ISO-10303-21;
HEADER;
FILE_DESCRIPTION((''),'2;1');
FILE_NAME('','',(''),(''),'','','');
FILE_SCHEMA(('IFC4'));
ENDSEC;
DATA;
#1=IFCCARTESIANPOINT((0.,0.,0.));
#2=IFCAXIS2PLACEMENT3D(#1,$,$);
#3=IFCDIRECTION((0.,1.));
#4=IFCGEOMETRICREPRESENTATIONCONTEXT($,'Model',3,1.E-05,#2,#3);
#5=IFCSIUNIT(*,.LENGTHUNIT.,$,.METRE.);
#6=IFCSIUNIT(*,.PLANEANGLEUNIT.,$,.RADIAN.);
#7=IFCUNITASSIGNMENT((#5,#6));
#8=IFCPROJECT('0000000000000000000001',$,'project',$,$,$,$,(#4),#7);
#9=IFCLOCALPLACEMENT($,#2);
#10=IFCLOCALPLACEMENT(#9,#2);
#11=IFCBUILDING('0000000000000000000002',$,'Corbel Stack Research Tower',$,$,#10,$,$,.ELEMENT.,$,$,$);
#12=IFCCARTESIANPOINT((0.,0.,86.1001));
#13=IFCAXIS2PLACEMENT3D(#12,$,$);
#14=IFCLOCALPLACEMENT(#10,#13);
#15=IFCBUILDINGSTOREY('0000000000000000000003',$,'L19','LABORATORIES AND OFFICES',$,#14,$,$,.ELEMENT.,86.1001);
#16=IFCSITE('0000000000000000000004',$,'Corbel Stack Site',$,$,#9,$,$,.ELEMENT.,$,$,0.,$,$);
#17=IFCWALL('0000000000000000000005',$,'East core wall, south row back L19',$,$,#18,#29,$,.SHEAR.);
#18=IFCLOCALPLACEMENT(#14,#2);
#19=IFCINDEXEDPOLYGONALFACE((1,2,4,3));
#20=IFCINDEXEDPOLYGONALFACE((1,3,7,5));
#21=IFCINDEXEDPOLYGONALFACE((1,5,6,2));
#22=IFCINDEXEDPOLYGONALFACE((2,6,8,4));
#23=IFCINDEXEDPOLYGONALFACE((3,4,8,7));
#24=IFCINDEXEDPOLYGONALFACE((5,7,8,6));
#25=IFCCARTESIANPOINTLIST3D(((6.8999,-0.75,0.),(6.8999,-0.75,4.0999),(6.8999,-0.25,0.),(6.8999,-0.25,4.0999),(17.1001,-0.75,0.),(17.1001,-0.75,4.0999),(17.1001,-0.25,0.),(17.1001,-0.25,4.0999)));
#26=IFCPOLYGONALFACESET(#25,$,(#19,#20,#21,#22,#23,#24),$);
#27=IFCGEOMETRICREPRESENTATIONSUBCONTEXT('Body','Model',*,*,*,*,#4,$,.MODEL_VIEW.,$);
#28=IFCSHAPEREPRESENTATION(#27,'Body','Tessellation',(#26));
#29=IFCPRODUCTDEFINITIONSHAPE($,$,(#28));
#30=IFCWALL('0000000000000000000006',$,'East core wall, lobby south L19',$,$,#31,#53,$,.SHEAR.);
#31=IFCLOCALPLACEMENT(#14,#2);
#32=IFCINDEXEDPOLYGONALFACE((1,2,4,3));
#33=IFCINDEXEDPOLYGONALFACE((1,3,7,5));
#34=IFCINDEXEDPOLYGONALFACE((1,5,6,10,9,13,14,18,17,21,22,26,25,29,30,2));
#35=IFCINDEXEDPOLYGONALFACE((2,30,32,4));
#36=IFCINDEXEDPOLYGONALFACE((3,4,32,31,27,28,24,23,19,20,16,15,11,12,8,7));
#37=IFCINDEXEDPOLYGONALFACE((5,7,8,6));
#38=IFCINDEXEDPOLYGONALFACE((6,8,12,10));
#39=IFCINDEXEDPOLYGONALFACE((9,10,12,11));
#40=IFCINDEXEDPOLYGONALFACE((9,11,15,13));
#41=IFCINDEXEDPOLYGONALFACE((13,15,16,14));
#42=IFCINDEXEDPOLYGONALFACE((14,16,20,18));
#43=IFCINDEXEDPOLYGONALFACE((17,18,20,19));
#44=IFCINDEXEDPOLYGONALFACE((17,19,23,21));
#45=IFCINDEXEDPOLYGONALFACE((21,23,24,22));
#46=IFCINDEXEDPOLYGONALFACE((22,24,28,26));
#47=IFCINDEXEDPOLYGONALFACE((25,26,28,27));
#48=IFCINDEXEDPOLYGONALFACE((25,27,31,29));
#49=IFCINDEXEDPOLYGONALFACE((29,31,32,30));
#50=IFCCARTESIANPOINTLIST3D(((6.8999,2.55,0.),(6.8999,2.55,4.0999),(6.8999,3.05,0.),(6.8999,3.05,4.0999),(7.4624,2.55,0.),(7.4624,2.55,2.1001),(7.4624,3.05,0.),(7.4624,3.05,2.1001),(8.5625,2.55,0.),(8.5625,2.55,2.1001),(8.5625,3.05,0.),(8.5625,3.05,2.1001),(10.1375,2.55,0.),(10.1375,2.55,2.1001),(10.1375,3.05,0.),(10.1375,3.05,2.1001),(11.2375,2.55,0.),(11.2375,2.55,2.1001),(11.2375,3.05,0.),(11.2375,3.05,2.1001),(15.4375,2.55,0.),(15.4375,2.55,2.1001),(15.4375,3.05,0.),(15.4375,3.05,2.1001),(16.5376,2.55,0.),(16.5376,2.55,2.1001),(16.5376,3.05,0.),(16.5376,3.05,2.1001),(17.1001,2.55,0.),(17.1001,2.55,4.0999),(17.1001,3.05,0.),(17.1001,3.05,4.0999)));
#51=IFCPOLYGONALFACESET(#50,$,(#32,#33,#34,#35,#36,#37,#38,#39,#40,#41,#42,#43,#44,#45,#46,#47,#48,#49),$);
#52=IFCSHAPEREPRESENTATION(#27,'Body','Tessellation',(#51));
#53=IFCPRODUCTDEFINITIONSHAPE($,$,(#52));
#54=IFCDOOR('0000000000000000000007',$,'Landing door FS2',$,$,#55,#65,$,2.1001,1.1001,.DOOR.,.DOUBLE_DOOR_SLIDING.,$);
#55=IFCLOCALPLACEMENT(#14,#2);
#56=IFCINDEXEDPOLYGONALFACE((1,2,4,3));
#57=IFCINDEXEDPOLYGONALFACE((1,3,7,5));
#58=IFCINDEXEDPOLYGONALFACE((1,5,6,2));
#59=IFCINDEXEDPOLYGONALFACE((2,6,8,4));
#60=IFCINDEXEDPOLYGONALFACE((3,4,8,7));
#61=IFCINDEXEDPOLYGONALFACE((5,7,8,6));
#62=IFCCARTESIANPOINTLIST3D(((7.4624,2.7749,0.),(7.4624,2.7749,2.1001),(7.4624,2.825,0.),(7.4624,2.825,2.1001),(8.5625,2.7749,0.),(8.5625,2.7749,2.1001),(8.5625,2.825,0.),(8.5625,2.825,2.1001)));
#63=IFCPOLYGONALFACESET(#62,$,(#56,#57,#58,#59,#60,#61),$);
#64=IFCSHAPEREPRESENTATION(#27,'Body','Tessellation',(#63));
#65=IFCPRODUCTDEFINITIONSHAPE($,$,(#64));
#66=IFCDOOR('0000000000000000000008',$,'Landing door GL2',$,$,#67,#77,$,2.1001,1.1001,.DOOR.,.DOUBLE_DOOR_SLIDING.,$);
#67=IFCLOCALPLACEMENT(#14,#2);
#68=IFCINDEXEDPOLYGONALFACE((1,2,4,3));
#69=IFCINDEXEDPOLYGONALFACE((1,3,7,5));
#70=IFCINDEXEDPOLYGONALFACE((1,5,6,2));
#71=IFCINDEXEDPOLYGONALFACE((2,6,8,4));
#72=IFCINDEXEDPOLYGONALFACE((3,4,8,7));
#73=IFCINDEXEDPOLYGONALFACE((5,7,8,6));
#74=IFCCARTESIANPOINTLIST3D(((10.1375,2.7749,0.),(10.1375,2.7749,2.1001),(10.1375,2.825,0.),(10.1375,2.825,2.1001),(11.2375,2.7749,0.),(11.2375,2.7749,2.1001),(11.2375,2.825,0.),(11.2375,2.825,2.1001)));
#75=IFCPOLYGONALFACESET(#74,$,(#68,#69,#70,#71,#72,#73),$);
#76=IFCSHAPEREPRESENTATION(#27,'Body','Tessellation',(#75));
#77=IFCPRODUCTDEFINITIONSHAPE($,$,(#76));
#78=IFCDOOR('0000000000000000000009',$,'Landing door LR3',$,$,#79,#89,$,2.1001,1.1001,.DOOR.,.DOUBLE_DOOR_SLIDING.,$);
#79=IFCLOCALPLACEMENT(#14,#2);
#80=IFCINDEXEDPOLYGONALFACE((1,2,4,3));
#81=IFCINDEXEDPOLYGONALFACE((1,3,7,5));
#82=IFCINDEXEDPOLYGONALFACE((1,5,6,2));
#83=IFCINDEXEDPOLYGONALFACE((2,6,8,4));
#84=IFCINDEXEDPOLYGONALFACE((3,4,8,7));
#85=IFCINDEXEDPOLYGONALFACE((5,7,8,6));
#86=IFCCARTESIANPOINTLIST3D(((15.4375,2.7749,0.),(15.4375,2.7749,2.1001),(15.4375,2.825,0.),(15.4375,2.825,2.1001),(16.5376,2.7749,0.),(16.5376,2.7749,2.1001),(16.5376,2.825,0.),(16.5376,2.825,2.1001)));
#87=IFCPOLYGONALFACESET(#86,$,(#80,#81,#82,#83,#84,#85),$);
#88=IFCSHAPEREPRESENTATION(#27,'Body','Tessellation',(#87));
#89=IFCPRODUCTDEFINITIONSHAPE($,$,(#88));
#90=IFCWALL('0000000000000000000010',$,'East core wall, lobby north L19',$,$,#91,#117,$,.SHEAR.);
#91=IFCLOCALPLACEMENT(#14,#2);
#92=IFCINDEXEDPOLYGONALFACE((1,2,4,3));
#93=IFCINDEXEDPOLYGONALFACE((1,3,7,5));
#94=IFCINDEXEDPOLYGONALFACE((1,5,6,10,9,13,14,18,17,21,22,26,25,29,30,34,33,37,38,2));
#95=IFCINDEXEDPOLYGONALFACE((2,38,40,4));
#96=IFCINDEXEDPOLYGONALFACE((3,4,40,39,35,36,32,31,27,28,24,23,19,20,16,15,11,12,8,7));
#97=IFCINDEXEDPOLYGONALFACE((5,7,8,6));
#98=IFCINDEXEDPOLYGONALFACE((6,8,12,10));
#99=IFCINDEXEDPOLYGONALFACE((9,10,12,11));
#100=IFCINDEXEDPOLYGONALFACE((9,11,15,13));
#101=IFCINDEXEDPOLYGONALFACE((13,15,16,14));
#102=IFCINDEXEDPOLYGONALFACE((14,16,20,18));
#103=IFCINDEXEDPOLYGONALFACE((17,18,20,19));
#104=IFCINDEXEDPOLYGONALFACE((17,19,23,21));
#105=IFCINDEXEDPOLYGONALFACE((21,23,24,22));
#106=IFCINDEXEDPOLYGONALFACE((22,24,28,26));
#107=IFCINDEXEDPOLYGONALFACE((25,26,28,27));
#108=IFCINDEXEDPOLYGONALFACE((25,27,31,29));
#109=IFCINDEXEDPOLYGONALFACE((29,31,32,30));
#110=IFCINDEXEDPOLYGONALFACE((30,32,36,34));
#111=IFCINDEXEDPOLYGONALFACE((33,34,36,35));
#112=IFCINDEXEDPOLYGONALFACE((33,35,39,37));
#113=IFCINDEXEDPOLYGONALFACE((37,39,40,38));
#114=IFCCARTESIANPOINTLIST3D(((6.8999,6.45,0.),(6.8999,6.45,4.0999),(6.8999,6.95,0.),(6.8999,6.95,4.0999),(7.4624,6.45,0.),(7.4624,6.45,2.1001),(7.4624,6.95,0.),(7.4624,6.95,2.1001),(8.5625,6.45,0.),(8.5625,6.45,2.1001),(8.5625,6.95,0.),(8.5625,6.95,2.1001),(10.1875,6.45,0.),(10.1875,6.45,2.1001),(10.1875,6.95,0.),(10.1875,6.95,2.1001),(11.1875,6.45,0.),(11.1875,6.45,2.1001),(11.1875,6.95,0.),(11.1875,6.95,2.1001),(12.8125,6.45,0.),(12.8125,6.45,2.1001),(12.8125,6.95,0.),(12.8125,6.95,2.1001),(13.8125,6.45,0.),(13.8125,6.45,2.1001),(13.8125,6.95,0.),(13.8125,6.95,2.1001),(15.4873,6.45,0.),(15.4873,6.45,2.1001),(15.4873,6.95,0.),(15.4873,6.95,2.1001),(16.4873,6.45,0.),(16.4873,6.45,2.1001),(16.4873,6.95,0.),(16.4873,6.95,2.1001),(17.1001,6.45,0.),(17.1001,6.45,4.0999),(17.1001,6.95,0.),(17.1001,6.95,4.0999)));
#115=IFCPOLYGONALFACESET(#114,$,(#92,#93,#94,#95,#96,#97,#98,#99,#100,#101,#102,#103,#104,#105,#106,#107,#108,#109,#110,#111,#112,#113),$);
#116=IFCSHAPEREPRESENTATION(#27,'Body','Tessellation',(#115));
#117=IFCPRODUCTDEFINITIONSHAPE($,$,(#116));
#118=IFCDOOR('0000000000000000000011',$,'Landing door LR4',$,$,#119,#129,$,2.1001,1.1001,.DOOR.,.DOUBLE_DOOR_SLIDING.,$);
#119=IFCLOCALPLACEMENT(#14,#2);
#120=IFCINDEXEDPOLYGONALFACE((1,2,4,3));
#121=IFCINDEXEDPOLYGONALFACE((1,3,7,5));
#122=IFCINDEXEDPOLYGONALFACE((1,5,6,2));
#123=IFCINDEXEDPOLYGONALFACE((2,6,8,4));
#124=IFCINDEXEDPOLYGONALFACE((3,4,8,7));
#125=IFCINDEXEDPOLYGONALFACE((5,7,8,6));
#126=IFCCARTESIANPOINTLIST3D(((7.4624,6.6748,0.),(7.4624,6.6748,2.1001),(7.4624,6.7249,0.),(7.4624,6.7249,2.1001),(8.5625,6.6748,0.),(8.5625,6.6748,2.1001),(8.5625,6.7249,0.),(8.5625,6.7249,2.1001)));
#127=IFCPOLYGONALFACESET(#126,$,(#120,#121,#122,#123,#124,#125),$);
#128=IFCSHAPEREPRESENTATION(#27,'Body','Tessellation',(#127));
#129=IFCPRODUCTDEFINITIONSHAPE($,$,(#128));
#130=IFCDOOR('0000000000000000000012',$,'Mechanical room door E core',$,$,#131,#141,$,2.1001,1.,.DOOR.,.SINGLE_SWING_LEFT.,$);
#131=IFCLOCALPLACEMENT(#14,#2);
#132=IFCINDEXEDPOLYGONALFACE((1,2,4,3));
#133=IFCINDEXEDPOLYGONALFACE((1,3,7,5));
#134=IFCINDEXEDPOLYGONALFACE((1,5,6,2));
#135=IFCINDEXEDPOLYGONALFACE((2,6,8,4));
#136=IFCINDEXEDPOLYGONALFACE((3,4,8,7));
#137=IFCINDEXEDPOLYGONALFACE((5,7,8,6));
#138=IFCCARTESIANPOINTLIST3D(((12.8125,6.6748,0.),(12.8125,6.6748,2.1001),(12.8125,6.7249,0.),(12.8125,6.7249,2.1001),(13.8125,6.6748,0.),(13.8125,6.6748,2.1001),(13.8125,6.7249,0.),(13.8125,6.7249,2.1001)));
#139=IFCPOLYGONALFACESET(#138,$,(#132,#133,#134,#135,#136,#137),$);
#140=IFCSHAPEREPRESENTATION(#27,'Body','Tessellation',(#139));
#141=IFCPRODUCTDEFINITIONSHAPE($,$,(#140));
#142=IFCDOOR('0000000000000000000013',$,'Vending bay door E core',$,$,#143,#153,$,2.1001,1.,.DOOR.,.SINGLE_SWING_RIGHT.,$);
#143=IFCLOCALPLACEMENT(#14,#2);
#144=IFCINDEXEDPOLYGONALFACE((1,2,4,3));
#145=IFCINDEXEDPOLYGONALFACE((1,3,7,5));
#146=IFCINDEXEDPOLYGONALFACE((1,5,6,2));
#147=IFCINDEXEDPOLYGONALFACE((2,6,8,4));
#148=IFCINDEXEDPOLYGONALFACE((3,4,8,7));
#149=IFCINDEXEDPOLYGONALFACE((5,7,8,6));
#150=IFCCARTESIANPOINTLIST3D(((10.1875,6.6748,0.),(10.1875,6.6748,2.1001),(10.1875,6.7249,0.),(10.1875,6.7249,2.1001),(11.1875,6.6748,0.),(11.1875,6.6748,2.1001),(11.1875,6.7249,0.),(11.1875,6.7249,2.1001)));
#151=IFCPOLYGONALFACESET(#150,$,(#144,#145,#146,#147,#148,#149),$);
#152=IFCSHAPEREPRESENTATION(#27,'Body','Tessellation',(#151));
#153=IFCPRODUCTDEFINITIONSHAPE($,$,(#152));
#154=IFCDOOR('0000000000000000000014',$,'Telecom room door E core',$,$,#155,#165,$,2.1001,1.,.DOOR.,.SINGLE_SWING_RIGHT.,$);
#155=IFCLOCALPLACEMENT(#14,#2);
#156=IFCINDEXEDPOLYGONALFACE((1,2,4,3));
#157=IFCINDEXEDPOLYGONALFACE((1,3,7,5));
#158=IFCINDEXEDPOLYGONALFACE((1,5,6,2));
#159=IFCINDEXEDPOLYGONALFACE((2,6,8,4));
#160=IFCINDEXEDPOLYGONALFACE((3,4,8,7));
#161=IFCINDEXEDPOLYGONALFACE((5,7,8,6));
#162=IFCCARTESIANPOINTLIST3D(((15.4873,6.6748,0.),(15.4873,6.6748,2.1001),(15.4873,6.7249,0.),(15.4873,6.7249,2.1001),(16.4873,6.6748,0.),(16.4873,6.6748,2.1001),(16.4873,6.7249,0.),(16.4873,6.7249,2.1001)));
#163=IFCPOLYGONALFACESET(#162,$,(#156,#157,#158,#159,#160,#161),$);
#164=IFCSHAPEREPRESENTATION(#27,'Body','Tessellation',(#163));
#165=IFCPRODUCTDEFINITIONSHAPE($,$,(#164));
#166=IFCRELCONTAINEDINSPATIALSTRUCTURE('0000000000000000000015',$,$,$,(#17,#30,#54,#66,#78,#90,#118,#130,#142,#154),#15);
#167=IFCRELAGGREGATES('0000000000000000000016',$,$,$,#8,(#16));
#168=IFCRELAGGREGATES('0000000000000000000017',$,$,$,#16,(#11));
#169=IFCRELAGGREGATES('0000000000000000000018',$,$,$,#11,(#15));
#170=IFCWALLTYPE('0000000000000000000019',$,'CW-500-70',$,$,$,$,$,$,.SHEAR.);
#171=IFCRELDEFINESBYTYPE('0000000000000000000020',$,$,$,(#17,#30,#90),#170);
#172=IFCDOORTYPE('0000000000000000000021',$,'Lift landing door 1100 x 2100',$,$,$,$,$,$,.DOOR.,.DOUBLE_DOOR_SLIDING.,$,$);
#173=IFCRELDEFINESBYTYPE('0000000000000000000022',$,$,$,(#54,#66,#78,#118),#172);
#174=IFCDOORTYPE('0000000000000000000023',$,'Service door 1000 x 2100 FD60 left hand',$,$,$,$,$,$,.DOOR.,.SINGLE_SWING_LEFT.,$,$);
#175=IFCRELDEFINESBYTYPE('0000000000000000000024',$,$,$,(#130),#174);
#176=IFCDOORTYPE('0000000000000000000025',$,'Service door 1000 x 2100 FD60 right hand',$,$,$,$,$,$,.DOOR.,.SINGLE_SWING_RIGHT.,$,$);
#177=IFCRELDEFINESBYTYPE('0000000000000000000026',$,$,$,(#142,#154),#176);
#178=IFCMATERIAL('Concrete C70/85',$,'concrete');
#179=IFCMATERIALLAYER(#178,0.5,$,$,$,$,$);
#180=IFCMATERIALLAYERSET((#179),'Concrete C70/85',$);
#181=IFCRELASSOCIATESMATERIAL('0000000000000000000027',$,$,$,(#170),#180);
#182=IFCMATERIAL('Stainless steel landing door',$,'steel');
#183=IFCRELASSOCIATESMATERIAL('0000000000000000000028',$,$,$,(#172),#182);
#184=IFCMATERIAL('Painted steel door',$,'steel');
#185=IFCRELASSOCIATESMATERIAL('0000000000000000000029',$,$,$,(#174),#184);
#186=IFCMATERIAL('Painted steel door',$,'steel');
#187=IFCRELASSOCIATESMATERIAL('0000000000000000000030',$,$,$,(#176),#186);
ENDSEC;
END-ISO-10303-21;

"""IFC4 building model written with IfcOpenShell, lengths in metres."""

from ifc_helpers import new_model, si_unit, direction, frame, frame_2d, origin, place, context, subcontext, project, spatial, rectangle, extrude, material, layer, layer_set, type_object, element, fill, save


model = new_model("IFC4")

# Units and contexts
model_context = context("Model", 3, precision=1e-05, world=origin(), true_north=direction((0.0, 1.0)))
body_context = subcontext(model_context, "Body", "Model", "MODEL_VIEW")
ifc_project = project(units=[si_unit("LENGTHUNIT", "METRE"), si_unit("PLANEANGLEUNIT", "RADIAN")], contexts=[model_context])

# Site, building, storey
site_placement = place(None, origin())
site = spatial("IfcSite", under=ifc_project, at=site_placement, Name="Corbel Stack Site", CompositionType="ELEMENT", RefElevation=0.0)
building_placement = place(site_placement, origin())
building = spatial("IfcBuilding", under=site, at=building_placement, Name="Corbel Stack Research Tower", CompositionType="ELEMENT")
storey_placement = place(building_placement, frame((0.0, 0.0, 86.1001)))
storey = spatial("IfcBuildingStorey", under=building, at=storey_placement, Name="L19", Description="LABORATORIES AND OFFICES", CompositionType="ELEMENT", Elevation=86.1001)

# Wall
ifc_material_1 = material(Name="Concrete C70/85", Category="concrete")
ifc_layer_1 = layer(ifc_material_1, 0.5)
ifc_layer_set_1 = layer_set([ifc_layer_1], Name="Concrete C70/85")
wall_type_1 = type_object("IfcWallType", Name="CW-500-70", PredefinedType="SHEAR", material=ifc_layer_set_1)
wall_1_placement = place(storey_placement, frame((6.8999, -0.5, 0.0), z_axis=(0.0, 0.0, 1.0), x_axis=(1.0, 0.0, 0.0)))
element("IfcWall", 1, at=wall_1_placement, inside=storey, type_object=wall_type_1, Name="East core wall, south row back L19", PredefinedType="SHEAR", context=body_context, shape_type="SweptSolid", body=[
    extrude(rectangle(XDim=10.2002, YDim=0.5, at=frame_2d((5.1001, 0.0))), origin(), (0.0, 0.0, 1.0), 4.0999),
])

# Walls, openings, doors
wall_2_placement = place(storey_placement, frame((6.8999, 2.8, 0.0), z_axis=(0.0, 0.0, 1.0), x_axis=(1.0, 0.0, 0.0)))
wall_2 = element("IfcWall", 2, at=wall_2_placement, inside=storey, type_object=wall_type_1, Name="East core wall, lobby south L19", PredefinedType="SHEAR", context=body_context, shape_type="SweptSolid", body=[
    extrude(rectangle(XDim=10.2002, YDim=0.5, at=frame_2d((5.1001, 0.0))), origin(), (0.0, 0.0, 1.0), 4.0999),
])
opening_1_placement = place(wall_2_placement, frame((0.5625, 0.0, 0.0)))
opening_1 = element("IfcOpeningElement", 3, at=opening_1_placement, cuts=wall_2, PredefinedType="OPENING", context=body_context, shape_type="SweptSolid", body=[
    extrude(rectangle(XDim=1.1001, YDim=2.1001, at=frame_2d((0.55, 1.05))), frame((0.0, 0.26, 0.0), z_axis=(0.0, -1.0, 0.0), x_axis=(1.0, 0.0, 0.0)), (0.0, 0.0, 1.0), 0.52),
])
opening_2_placement = place(wall_2_placement, frame((3.2375, 0.0, 0.0)))
opening_2 = element("IfcOpeningElement", 4, at=opening_2_placement, cuts=wall_2, PredefinedType="OPENING", context=body_context, shape_type="SweptSolid", body=[
    extrude(rectangle(XDim=1.1001, YDim=2.1001, at=frame_2d((0.55, 1.05))), frame((0.0, 0.26, 0.0), z_axis=(0.0, -1.0, 0.0), x_axis=(1.0, 0.0, 0.0)), (0.0, 0.0, 1.0), 0.52),
])
opening_3_placement = place(wall_2_placement, frame((8.5376, 0.0, 0.0)))
opening_3 = element("IfcOpeningElement", 5, at=opening_3_placement, cuts=wall_2, PredefinedType="OPENING", context=body_context, shape_type="SweptSolid", body=[
    extrude(rectangle(XDim=1.1001, YDim=2.1001, at=frame_2d((0.55, 1.05))), frame((0.0, 0.26, 0.0), z_axis=(0.0, -1.0, 0.0), x_axis=(1.0, 0.0, 0.0)), (0.0, 0.0, 1.0), 0.52),
])
ifc_material_2 = material(Name="Stainless steel landing door", Category="steel")
door_type_1 = type_object("IfcDoorType", Name="Lift landing door 1100 x 2100", OperationType="DOUBLE_DOOR_SLIDING", PredefinedType="DOOR", material=ifc_material_2)
door_1_placement = place(opening_1_placement, origin())
door_1 = element("IfcDoor", 6, at=door_1_placement, inside=storey, type_object=door_type_1, Name="Landing door FS2", OperationType="DOUBLE_DOOR_SLIDING", OverallHeight=2.1001, OverallWidth=1.1001, PredefinedType="DOOR", context=body_context, shape_type="SweptSolid", body=[
    extrude(rectangle(XDim=1.1001, YDim=2.1001, at=frame_2d((0.55, 1.05))), frame((0.0, 0.0249, 0.0), z_axis=(0.0, -1.0, 0.0), x_axis=(1.0, 0.0, 0.0)), (0.0, 0.0, 1.0), 0.05),
])
fill(opening_1, door_1)
door_2_placement = place(opening_2_placement, origin())
door_2 = element("IfcDoor", 7, at=door_2_placement, inside=storey, type_object=door_type_1, Name="Landing door GL2", OperationType="DOUBLE_DOOR_SLIDING", OverallHeight=2.1001, OverallWidth=1.1001, PredefinedType="DOOR", context=body_context, shape_type="SweptSolid", body=[
    extrude(rectangle(XDim=1.1001, YDim=2.1001, at=frame_2d((0.55, 1.05))), frame((0.0, 0.0249, 0.0), z_axis=(0.0, -1.0, 0.0), x_axis=(1.0, 0.0, 0.0)), (0.0, 0.0, 1.0), 0.05),
])
fill(opening_2, door_2)
door_3_placement = place(opening_3_placement, origin())
door_3 = element("IfcDoor", 8, at=door_3_placement, inside=storey, type_object=door_type_1, Name="Landing door LR3", OperationType="DOUBLE_DOOR_SLIDING", OverallHeight=2.1001, OverallWidth=1.1001, PredefinedType="DOOR", context=body_context, shape_type="SweptSolid", body=[
    extrude(rectangle(XDim=1.1001, YDim=2.1001, at=frame_2d((0.55, 1.05))), frame((0.0, 0.0249, 0.0), z_axis=(0.0, -1.0, 0.0), x_axis=(1.0, 0.0, 0.0)), (0.0, 0.0, 1.0), 0.05),
])
fill(opening_3, door_3)
wall_3_placement = place(storey_placement, frame((6.8999, 6.7, 0.0), z_axis=(0.0, 0.0, 1.0), x_axis=(1.0, 0.0, 0.0)))
wall_3 = element("IfcWall", 9, at=wall_3_placement, inside=storey, type_object=wall_type_1, Name="East core wall, lobby north L19", PredefinedType="SHEAR", context=body_context, shape_type="SweptSolid", body=[
    extrude(rectangle(XDim=10.2002, YDim=0.5, at=frame_2d((5.1001, 0.0))), origin(), (0.0, 0.0, 1.0), 4.0999),
])
opening_4_placement = place(wall_3_placement, frame((0.5625, 0.0, 0.0)))
opening_4 = element("IfcOpeningElement", 10, at=opening_4_placement, cuts=wall_3, PredefinedType="OPENING", context=body_context, shape_type="SweptSolid", body=[
    extrude(rectangle(XDim=1.1001, YDim=2.1001, at=frame_2d((0.55, 1.05))), frame((0.0, 0.26, 0.0), z_axis=(0.0, -1.0, 0.0), x_axis=(1.0, 0.0, 0.0)), (0.0, 0.0, 1.0), 0.52),
])
opening_5_placement = place(wall_3_placement, frame((3.2876, 0.0, 0.0)))
opening_5 = element("IfcOpeningElement", 11, at=opening_5_placement, cuts=wall_3, PredefinedType="OPENING", context=body_context, shape_type="SweptSolid", body=[
    extrude(rectangle(XDim=1.0, YDim=2.1001, at=frame_2d((0.5, 1.05))), frame((0.0, 0.26, 0.0), z_axis=(0.0, -1.0, 0.0), x_axis=(1.0, 0.0, 0.0)), (0.0, 0.0, 1.0), 0.52),
])
opening_6_placement = place(wall_3_placement, frame((5.9126, 0.0, 0.0)))
opening_6 = element("IfcOpeningElement", 12, at=opening_6_placement, cuts=wall_3, PredefinedType="OPENING", context=body_context, shape_type="SweptSolid", body=[
    extrude(rectangle(XDim=1.0, YDim=2.1001, at=frame_2d((0.5, 1.05))), frame((0.0, 0.26, 0.0), z_axis=(0.0, -1.0, 0.0), x_axis=(1.0, 0.0, 0.0)), (0.0, 0.0, 1.0), 0.52),
])
opening_7_placement = place(wall_3_placement, frame((8.5874, 0.0, 0.0)))
opening_7 = element("IfcOpeningElement", 13, at=opening_7_placement, cuts=wall_3, PredefinedType="OPENING", context=body_context, shape_type="SweptSolid", body=[
    extrude(rectangle(XDim=1.0, YDim=2.1001, at=frame_2d((0.5, 1.05))), frame((0.0, 0.26, 0.0), z_axis=(0.0, -1.0, 0.0), x_axis=(1.0, 0.0, 0.0)), (0.0, 0.0, 1.0), 0.52),
])
door_4_placement = place(opening_4_placement, origin())
door_4 = element("IfcDoor", 14, at=door_4_placement, inside=storey, type_object=door_type_1, Name="Landing door LR4", OperationType="DOUBLE_DOOR_SLIDING", OverallHeight=2.1001, OverallWidth=1.1001, PredefinedType="DOOR", context=body_context, shape_type="SweptSolid", body=[
    extrude(rectangle(XDim=1.1001, YDim=2.1001, at=frame_2d((0.55, 1.05))), frame((0.0, 0.0249, 0.0), z_axis=(0.0, -1.0, 0.0), x_axis=(1.0, 0.0, 0.0)), (0.0, 0.0, 1.0), 0.05),
])
fill(opening_4, door_4)
ifc_material_3 = material(Name="Painted steel door", Category="steel")
door_type_2 = type_object("IfcDoorType", Name="Service door 1000 x 2100 FD60 left hand", OperationType="SINGLE_SWING_LEFT", PredefinedType="DOOR", material=ifc_material_3)
door_5_placement = place(opening_6_placement, origin())
door_5 = element("IfcDoor", 15, at=door_5_placement, inside=storey, type_object=door_type_2, Name="Mechanical room door E core", OperationType="SINGLE_SWING_LEFT", OverallHeight=2.1001, OverallWidth=1.0, PredefinedType="DOOR", context=body_context, shape_type="SweptSolid", body=[
    extrude(rectangle(XDim=1.0, YDim=2.1001, at=frame_2d((0.5, 1.05))), frame((0.0, 0.0249, 0.0), z_axis=(0.0, -1.0, 0.0), x_axis=(1.0, 0.0, 0.0)), (0.0, 0.0, 1.0), 0.05),
])
fill(opening_6, door_5)
ifc_material_4 = material(Name="Painted steel door", Category="steel")
door_type_3 = type_object("IfcDoorType", Name="Service door 1000 x 2100 FD60 right hand", OperationType="SINGLE_SWING_RIGHT", PredefinedType="DOOR", material=ifc_material_4)
door_6_placement = place(opening_5_placement, origin())
door_6 = element("IfcDoor", 16, at=door_6_placement, inside=storey, type_object=door_type_3, Name="Vending bay door E core", OperationType="SINGLE_SWING_RIGHT", OverallHeight=2.1001, OverallWidth=1.0, PredefinedType="DOOR", context=body_context, shape_type="SweptSolid", body=[
    extrude(rectangle(XDim=1.0, YDim=2.1001, at=frame_2d((0.5, 1.05))), frame((0.0, 0.0249, 0.0), z_axis=(0.0, -1.0, 0.0), x_axis=(1.0, 0.0, 0.0)), (0.0, 0.0, 1.0), 0.05),
])
fill(opening_5, door_6)
door_7_placement = place(opening_7_placement, origin())
door_7 = element("IfcDoor", 17, at=door_7_placement, inside=storey, type_object=door_type_3, Name="Telecom room door E core", OperationType="SINGLE_SWING_RIGHT", OverallHeight=2.1001, OverallWidth=1.0, PredefinedType="DOOR", context=body_context, shape_type="SweptSolid", body=[
    extrude(rectangle(XDim=1.0, YDim=2.1001, at=frame_2d((0.5, 1.05))), frame((0.0, 0.0249, 0.0), z_axis=(0.0, -1.0, 0.0), x_axis=(1.0, 0.0, 0.0)), (0.0, 0.0, 1.0), 0.05),
])
fill(opening_7, door_7)

save(model, "model.ifc")
